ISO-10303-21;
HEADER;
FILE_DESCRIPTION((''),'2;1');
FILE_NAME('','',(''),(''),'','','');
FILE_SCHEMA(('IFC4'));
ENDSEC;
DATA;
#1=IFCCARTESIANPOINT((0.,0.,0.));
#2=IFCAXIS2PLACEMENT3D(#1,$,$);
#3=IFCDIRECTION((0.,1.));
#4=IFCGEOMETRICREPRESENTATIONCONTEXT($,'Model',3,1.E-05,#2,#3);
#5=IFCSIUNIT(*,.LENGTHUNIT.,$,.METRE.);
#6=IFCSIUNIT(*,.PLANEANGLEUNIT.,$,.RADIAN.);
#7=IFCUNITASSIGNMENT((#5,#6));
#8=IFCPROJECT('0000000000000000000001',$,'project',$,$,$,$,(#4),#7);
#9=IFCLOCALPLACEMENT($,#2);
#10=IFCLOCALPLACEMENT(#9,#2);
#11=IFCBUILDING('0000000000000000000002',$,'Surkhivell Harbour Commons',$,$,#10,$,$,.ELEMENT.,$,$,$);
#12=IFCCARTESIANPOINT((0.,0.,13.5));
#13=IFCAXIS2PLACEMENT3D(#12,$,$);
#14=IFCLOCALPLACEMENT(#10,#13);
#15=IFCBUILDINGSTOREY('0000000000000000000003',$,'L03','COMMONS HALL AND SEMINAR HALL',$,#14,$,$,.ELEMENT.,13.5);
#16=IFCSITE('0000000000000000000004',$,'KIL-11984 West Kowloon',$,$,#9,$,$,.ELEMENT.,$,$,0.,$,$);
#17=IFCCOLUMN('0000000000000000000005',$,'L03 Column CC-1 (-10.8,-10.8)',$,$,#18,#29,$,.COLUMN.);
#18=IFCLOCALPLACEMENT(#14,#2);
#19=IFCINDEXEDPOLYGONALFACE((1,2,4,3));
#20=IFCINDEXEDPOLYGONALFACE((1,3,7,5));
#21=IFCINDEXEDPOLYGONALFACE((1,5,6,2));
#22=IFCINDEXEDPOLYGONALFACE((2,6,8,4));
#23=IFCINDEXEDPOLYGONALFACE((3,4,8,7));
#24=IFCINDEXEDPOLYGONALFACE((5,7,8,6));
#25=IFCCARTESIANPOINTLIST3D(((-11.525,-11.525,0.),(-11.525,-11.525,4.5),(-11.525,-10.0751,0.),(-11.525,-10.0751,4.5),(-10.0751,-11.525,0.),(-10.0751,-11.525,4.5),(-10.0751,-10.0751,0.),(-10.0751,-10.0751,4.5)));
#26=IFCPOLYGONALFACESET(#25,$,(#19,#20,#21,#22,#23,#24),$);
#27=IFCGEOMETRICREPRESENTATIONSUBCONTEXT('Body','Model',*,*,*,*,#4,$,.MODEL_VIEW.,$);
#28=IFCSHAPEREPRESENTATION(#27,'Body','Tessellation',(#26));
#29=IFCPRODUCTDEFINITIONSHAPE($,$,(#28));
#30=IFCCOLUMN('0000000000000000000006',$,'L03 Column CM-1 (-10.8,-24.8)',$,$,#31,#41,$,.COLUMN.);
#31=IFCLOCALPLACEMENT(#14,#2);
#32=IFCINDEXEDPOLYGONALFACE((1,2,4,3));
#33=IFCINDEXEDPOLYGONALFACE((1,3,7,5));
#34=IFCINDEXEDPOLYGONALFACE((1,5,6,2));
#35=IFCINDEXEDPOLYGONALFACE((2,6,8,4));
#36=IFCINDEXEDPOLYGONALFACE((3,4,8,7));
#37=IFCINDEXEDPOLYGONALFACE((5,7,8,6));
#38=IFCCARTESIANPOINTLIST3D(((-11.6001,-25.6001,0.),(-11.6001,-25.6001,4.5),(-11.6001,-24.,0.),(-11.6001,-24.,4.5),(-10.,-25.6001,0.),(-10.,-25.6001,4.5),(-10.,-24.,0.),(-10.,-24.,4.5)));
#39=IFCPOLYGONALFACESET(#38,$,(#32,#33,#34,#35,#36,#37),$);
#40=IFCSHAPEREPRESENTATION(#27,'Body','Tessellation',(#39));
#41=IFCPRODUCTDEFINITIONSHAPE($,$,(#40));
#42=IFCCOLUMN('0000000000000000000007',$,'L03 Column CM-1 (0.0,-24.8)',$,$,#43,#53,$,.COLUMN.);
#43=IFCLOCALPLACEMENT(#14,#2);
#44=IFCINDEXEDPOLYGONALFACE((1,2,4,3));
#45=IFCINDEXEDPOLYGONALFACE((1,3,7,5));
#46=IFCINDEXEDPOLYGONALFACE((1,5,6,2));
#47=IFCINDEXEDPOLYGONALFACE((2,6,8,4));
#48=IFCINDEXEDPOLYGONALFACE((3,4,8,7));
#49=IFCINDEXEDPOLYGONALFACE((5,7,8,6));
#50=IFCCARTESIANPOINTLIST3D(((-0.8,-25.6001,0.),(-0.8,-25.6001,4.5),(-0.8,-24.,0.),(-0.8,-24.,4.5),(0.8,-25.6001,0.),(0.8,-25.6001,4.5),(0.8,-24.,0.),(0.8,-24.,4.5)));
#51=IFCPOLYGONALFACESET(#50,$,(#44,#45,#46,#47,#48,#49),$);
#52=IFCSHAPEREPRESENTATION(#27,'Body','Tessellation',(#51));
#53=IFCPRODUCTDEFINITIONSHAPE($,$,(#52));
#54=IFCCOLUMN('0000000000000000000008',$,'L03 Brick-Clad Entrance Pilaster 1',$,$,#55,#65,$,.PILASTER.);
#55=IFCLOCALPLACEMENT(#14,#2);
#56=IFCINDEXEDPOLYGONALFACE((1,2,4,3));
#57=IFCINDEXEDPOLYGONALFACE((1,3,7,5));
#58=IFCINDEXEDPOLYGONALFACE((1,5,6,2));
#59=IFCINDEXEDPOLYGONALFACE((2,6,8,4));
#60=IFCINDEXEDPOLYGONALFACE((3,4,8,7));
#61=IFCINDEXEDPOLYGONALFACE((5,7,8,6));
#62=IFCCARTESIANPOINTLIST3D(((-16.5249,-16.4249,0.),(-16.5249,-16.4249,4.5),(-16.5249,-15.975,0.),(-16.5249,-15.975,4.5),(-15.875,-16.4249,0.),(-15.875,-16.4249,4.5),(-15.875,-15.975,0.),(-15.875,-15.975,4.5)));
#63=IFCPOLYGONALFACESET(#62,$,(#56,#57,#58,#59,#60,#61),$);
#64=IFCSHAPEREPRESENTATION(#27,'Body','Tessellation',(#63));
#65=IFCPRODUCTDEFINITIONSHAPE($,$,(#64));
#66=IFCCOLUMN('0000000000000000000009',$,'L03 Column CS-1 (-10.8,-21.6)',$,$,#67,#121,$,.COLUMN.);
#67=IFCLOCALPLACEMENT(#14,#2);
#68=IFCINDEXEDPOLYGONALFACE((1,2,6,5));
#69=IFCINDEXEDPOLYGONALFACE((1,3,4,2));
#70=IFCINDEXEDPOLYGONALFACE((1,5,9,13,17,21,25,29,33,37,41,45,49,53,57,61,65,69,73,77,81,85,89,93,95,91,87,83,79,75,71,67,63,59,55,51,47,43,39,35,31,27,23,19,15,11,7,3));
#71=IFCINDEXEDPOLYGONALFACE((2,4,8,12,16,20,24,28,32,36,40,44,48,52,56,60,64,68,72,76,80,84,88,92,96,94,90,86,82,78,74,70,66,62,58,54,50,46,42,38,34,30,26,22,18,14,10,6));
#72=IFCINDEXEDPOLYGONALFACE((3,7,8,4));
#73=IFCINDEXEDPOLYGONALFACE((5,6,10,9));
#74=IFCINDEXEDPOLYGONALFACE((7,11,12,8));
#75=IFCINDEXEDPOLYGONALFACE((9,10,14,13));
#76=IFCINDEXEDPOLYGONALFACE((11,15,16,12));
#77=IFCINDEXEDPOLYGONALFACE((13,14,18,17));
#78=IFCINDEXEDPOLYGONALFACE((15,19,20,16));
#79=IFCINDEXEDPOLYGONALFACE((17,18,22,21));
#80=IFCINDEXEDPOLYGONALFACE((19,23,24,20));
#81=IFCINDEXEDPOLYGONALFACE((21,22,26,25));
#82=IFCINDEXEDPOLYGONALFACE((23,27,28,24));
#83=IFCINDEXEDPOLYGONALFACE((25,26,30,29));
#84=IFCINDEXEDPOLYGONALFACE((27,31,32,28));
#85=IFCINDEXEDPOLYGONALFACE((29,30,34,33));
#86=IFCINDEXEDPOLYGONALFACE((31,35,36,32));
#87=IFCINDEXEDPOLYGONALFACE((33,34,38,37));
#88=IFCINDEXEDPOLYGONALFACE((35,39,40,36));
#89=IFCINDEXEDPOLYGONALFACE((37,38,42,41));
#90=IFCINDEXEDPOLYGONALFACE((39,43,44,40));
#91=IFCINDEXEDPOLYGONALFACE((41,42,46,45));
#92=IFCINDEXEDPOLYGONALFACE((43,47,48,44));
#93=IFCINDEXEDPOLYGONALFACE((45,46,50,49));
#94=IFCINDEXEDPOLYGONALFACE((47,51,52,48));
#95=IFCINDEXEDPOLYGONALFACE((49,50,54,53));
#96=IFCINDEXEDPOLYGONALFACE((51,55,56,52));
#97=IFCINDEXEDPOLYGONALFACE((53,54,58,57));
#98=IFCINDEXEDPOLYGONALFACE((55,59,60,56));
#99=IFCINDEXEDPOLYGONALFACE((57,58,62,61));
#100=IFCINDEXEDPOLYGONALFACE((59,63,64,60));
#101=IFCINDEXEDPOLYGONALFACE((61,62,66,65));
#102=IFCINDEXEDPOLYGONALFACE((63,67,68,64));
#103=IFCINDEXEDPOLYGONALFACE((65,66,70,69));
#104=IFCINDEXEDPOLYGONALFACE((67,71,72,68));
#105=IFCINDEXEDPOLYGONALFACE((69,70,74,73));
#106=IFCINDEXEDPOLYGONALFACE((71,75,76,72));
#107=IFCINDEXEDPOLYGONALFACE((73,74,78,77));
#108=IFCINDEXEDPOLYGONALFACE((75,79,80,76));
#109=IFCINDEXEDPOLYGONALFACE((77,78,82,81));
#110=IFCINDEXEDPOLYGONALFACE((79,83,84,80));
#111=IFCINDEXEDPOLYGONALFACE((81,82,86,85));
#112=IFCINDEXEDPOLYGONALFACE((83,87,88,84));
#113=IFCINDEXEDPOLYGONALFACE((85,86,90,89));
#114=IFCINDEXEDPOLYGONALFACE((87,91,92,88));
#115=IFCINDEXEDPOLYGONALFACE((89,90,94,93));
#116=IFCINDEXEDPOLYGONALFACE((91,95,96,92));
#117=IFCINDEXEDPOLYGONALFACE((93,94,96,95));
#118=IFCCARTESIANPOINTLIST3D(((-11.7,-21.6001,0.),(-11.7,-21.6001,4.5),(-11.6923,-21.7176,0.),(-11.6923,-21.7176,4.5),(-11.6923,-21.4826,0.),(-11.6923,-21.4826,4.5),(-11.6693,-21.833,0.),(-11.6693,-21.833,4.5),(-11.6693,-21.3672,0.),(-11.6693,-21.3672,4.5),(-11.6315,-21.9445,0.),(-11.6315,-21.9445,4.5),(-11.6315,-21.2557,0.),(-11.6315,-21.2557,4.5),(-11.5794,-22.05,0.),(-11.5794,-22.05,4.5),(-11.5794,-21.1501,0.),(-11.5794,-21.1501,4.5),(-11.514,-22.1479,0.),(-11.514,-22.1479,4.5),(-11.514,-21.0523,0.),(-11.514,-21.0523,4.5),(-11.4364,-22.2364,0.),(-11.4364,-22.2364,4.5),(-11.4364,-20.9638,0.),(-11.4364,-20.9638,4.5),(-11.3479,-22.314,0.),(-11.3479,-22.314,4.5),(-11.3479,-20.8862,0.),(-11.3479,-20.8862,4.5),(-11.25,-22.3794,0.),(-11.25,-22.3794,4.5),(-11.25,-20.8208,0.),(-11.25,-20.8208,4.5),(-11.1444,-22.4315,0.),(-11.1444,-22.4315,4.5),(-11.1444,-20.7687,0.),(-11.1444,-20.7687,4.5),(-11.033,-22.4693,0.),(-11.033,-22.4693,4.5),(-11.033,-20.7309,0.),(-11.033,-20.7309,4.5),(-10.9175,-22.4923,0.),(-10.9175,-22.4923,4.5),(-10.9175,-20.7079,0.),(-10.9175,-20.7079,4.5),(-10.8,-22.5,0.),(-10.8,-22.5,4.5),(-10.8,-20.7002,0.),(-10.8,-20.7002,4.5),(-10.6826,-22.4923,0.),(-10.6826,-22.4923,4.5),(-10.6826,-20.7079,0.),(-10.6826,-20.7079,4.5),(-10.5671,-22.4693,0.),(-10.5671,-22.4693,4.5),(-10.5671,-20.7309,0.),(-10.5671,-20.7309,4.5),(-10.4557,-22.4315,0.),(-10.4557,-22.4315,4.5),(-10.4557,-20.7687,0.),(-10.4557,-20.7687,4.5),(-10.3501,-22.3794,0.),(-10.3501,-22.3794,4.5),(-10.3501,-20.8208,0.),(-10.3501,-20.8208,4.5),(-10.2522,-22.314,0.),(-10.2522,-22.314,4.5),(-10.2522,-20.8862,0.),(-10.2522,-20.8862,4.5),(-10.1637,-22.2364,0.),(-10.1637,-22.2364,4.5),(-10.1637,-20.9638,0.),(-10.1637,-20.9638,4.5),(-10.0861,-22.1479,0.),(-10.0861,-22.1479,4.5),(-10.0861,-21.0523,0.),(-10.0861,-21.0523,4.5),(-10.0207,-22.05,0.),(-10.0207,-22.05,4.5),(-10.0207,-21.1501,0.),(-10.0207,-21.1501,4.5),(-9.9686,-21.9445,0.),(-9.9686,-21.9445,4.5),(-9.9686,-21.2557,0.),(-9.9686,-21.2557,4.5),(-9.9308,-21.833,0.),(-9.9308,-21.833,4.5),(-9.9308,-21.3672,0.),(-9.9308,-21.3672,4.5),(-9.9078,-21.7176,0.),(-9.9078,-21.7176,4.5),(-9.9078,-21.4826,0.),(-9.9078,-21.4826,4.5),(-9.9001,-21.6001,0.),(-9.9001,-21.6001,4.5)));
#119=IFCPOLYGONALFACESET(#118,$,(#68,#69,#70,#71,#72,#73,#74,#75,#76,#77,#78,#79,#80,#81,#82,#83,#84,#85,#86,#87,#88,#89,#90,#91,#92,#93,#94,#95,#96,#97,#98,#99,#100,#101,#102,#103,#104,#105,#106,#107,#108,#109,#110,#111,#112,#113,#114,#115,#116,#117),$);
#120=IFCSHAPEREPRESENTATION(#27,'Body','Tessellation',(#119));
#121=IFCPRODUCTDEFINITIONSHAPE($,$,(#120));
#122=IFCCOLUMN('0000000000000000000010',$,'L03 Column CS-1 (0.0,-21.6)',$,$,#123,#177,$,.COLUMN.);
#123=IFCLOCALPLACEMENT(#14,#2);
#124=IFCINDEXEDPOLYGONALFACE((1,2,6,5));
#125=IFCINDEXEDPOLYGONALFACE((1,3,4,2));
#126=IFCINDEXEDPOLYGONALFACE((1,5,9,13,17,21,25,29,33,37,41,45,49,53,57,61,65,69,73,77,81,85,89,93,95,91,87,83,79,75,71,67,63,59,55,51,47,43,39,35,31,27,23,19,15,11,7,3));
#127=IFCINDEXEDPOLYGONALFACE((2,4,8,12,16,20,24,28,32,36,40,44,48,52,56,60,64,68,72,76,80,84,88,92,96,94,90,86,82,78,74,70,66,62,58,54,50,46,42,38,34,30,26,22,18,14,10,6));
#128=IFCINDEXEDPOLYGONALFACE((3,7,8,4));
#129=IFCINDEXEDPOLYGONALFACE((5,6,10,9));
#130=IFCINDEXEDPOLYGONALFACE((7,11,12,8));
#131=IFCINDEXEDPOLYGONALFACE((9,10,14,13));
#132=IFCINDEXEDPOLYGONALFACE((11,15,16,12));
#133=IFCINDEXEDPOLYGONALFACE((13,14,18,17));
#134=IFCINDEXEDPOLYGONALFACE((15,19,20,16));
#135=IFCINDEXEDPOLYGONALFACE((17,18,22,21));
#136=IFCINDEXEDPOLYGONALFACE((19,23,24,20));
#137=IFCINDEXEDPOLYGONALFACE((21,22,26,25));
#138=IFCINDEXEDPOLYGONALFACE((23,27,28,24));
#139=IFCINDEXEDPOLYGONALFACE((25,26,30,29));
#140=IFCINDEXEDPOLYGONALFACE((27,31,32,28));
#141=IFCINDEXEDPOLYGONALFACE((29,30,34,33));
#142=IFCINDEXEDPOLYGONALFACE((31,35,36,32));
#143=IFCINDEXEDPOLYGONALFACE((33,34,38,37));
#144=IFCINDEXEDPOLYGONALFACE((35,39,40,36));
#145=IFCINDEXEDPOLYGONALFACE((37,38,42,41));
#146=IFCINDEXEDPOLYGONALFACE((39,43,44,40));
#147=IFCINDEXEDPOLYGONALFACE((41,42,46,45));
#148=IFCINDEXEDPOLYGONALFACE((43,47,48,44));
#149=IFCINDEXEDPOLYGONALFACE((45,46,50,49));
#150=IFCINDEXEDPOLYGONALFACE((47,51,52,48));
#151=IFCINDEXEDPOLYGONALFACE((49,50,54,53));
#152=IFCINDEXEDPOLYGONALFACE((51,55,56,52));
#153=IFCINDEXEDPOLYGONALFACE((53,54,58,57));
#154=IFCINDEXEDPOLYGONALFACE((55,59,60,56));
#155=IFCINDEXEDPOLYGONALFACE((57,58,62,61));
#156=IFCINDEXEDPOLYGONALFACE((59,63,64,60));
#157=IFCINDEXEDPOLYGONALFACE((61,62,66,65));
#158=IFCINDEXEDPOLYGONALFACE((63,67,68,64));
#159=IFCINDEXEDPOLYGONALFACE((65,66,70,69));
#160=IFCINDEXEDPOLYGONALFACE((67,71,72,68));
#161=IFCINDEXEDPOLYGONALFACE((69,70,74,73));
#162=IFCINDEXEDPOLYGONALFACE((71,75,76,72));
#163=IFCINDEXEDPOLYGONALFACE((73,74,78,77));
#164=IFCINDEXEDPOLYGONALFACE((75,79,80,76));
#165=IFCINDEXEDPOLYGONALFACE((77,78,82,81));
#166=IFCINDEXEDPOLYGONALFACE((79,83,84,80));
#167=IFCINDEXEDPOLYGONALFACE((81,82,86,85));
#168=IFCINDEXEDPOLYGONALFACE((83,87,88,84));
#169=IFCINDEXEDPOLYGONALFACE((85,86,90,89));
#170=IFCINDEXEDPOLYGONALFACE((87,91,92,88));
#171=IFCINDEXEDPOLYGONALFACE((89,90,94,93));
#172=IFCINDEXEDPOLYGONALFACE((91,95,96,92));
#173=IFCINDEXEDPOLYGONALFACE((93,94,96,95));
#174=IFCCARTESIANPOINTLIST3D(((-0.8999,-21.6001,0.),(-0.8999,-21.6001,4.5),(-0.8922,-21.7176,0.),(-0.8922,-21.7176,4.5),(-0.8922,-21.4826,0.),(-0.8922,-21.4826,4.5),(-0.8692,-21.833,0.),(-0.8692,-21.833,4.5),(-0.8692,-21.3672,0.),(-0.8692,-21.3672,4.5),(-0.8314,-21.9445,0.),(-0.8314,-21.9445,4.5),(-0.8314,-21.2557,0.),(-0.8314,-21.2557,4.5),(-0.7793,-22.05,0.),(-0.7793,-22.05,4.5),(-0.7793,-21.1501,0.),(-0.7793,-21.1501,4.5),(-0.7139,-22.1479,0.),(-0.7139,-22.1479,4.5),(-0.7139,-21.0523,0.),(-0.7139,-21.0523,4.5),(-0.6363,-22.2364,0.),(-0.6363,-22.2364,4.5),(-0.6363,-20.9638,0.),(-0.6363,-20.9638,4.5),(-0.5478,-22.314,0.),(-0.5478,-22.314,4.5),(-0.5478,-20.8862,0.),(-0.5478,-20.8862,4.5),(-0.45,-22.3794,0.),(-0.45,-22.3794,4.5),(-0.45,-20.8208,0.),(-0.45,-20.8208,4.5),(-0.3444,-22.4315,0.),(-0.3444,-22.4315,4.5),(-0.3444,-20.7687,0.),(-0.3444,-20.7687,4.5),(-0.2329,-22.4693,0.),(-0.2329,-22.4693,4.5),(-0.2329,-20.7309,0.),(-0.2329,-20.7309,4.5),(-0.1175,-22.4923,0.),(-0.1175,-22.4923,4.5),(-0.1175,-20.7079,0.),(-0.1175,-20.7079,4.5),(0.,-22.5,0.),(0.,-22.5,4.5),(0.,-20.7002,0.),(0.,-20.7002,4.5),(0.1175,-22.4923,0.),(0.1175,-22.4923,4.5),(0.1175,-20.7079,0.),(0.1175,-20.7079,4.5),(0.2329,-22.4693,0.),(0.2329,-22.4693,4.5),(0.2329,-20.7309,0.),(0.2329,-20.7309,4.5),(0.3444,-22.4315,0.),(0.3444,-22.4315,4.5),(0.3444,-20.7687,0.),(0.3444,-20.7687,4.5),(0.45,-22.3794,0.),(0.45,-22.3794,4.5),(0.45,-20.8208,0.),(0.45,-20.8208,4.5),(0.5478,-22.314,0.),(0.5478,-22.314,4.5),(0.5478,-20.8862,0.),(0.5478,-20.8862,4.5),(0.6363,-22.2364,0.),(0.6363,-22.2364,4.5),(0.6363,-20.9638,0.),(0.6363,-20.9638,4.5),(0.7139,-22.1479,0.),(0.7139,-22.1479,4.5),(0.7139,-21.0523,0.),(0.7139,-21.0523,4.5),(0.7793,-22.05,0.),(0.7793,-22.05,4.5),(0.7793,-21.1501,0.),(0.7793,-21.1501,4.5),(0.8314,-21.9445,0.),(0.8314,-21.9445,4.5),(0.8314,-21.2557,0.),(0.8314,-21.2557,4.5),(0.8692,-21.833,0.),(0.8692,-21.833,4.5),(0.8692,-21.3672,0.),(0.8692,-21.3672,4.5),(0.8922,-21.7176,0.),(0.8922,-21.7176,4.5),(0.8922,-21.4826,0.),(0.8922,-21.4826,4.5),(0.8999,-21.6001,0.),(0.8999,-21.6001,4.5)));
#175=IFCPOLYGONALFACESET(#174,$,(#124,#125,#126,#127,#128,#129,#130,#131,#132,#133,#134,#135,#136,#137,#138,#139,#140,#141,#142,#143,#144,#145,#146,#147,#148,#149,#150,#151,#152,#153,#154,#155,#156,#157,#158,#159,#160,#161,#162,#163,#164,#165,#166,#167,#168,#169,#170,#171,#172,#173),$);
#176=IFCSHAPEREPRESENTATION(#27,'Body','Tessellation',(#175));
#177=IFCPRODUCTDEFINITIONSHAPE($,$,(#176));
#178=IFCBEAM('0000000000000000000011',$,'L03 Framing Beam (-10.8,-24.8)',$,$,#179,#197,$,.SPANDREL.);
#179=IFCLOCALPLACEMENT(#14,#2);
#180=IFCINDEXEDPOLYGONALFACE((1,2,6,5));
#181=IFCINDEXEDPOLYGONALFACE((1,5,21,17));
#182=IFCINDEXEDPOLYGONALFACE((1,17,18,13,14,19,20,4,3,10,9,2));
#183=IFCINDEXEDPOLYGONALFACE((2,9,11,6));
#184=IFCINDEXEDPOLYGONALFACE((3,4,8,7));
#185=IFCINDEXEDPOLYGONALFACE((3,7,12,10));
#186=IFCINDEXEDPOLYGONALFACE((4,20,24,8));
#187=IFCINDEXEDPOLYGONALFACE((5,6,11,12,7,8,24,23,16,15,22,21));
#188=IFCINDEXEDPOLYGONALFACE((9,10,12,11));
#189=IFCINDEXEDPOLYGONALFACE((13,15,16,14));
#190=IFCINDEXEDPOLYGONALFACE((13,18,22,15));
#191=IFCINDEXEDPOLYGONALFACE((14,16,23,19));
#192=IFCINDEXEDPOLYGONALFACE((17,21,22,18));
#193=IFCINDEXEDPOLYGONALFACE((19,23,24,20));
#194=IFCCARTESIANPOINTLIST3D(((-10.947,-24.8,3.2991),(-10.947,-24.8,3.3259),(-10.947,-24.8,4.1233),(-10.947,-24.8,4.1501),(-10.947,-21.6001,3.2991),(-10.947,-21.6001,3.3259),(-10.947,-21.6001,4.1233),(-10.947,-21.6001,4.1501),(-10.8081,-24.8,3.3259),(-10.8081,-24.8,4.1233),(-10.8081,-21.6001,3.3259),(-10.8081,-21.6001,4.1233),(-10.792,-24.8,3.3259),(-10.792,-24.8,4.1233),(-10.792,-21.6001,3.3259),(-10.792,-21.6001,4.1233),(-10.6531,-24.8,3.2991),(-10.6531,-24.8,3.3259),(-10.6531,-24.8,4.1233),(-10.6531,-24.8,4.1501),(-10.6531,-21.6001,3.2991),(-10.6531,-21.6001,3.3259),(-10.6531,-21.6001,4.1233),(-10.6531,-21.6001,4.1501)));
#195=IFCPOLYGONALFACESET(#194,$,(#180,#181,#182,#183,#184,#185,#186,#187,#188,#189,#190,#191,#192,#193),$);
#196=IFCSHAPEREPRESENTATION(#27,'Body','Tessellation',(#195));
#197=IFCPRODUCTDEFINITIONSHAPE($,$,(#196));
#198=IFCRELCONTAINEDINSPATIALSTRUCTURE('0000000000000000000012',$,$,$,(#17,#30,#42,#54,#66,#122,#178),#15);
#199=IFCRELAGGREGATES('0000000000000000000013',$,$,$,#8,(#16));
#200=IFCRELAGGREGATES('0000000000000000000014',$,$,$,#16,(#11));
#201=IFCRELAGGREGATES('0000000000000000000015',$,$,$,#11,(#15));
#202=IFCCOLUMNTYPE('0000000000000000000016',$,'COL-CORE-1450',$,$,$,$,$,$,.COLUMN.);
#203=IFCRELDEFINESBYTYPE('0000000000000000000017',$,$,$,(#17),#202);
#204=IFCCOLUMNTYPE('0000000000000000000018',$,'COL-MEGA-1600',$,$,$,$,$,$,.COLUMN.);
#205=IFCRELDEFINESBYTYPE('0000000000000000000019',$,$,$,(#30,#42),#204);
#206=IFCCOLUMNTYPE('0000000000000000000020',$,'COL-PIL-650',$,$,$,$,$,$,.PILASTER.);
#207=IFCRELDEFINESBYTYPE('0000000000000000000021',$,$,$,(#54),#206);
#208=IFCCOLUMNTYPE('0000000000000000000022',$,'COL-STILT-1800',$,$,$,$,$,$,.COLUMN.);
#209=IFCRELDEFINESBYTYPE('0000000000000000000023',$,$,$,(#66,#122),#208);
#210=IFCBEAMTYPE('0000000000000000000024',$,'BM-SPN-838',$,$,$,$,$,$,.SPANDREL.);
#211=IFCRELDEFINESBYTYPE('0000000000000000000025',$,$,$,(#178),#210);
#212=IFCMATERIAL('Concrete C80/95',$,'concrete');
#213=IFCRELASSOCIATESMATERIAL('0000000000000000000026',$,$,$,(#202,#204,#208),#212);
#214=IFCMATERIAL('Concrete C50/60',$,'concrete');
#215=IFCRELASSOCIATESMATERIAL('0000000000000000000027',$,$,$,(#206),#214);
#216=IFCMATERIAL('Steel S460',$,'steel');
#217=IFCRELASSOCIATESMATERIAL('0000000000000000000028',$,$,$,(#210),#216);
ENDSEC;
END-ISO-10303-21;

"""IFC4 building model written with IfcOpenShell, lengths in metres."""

from ifc_helpers import new_model, si_unit, direction, frame, origin, origin_2d, place, context, subcontext, project, spatial, rectangle, circle, i_section, extrude, material, material_profile, profile_set, type_object, element, save


model = new_model("IFC4")

# Units and contexts
model_context = context("Model", 3, precision=1e-05, world=origin(), true_north=direction((0.0, 1.0)))
body_context = subcontext(model_context, "Body", "Model", "MODEL_VIEW")
ifc_project = project(units=[si_unit("LENGTHUNIT", "METRE"), si_unit("PLANEANGLEUNIT", "RADIAN")], contexts=[model_context])

# Site, building, storey
site_placement = place(None, origin())
site = spatial("IfcSite", under=ifc_project, at=site_placement, Name="KIL-11984 West Kowloon", CompositionType="ELEMENT", RefElevation=0.0)
building_placement = place(site_placement, origin())
building = spatial("IfcBuilding", under=site, at=building_placement, Name="Surkhivell Harbour Commons", CompositionType="ELEMENT")
storey_placement = place(building_placement, frame((0.0, 0.0, 13.5)))
storey = spatial("IfcBuildingStorey", under=building, at=storey_placement, Name="L03", Description="COMMONS HALL AND SEMINAR HALL", CompositionType="ELEMENT", Elevation=13.5)

# Columns
ifc_material_1 = material(Name="Concrete C80/95", Category="concrete")
ifc_material_profile_1 = material_profile(ifc_material_1, rectangle(XDim=1.45, YDim=1.45, at=origin_2d()), Name="RC-COL-1450x1450")
ifc_profile_set_1 = profile_set([ifc_material_profile_1], Name="Concrete C80/95")
column_type_1 = type_object("IfcColumnType", Name="COL-CORE-1450", PredefinedType="COLUMN", material=ifc_profile_set_1)
column_1_placement = place(storey_placement, frame((-10.8, -10.8, 0.0), z_axis=(0.0, 0.0, 1.0), x_axis=(1.0, 0.0, 0.0)))
element("IfcColumn", 1, at=column_1_placement, inside=storey, type_object=column_type_1, Name="L03 Column CC-1 (-10.8,-10.8)", PredefinedType="COLUMN", context=body_context, shape_type="SweptSolid", body=[
    extrude(rectangle(XDim=1.45, YDim=1.45, at=origin_2d()), origin(), (0.0, 0.0, 1.0), 4.5),
])
ifc_material_profile_2 = material_profile(ifc_material_1, rectangle(XDim=1.6001, YDim=1.6001, at=origin_2d()), Name="RC-COL-1600x1600")
ifc_profile_set_2 = profile_set([ifc_material_profile_2], Name="Concrete C80/95")
column_type_2 = type_object("IfcColumnType", Name="COL-MEGA-1600", PredefinedType="COLUMN", material=ifc_profile_set_2)
for number, where, z_axis, x_axis, name in (
    (2, (-10.8, -24.8, 0.0), (0.0, 0.0, 1.0), (1.0, 0.0, 0.0), "L03 Column CM-1 (-10.8,-24.8)"),
    (3, (0.0, -24.8, 0.0), (0.0, 0.0, 1.0), (1.0, 0.0, 0.0), "L03 Column CM-1 (0.0,-24.8)"),
):
    element("IfcColumn", number, at=place(storey_placement, frame(where, z_axis=z_axis, x_axis=x_axis)), inside=storey, type_object=column_type_2, Name=name, PredefinedType="COLUMN", context=body_context, shape_type="SweptSolid", body=[
        extrude(rectangle(XDim=1.6001, YDim=1.6001, at=origin_2d()), origin(), (0.0, 0.0, 1.0), 4.5),
    ])
ifc_material_2 = material(Name="Concrete C50/60", Category="concrete")
ifc_material_profile_3 = material_profile(ifc_material_2, rectangle(XDim=0.6499, YDim=0.45, at=origin_2d()), Name="RC-PIL-650x450")
ifc_profile_set_3 = profile_set([ifc_material_profile_3], Name="Concrete C50/60")
column_type_3 = type_object("IfcColumnType", Name="COL-PIL-650", PredefinedType="PILASTER", material=ifc_profile_set_3)
column_2_placement = place(storey_placement, frame((-16.2, -16.2, 0.0), z_axis=(0.0, 0.0, 1.0), x_axis=(1.0, 0.0, 0.0)))
element("IfcColumn", 4, at=column_2_placement, inside=storey, type_object=column_type_3, Name="L03 Brick-Clad Entrance Pilaster 1", PredefinedType="PILASTER", context=body_context, shape_type="SweptSolid", body=[
    extrude(rectangle(XDim=0.6499, YDim=0.45, at=origin_2d()), origin(), (0.0, 0.0, 1.0), 4.5),
])
ifc_material_profile_4 = material_profile(ifc_material_1, circle(Radius=0.8999, at=origin_2d()), Name="RC-CIRC-1800")
ifc_profile_set_4 = profile_set([ifc_material_profile_4], Name="Concrete C80/95")
column_type_4 = type_object("IfcColumnType", Name="COL-STILT-1800", PredefinedType="COLUMN", material=ifc_profile_set_4)
for number, where, z_axis, x_axis, name in (
    (5, (-10.8, -21.6001, 0.0), (0.0, 0.0, 1.0), (1.0, 0.0, 0.0), "L03 Column CS-1 (-10.8,-21.6)"),
    (6, (0.0, -21.6001, 0.0), (0.0, 0.0, 1.0), (1.0, 0.0, 0.0), "L03 Column CS-1 (0.0,-21.6)"),
):
    element("IfcColumn", number, at=place(storey_placement, frame(where, z_axis=z_axis, x_axis=x_axis)), inside=storey, type_object=column_type_4, Name=name, PredefinedType="COLUMN", context=body_context, shape_type="SweptSolid", body=[
        extrude(circle(Radius=0.8999, at=origin_2d()), origin(), (0.0, 0.0, 1.0), 4.5),
    ])

# Beam
ifc_material_3 = material(Name="Steel S460", Category="steel")
ifc_material_profile_5 = material_profile(ifc_material_3, i_section(OverallWidth=0.2939, OverallDepth=0.8511, WebThickness=0.0161, FlangeThickness=0.0269, at=origin_2d()), Name="UB838x292x226")
ifc_profile_set_5 = profile_set([ifc_material_profile_5], Name="Steel S460")
beam_type = type_object("IfcBeamType", Name="BM-SPN-838", PredefinedType="SPANDREL", material=ifc_profile_set_5)
beam_placement = place(storey_placement, frame((-10.8, -24.8, 3.7246), z_axis=(0.0, 1.0, 0.0), x_axis=(-1.0, 0.0, 0.0)))
element("IfcBeam", 7, at=beam_placement, inside=storey, type_object=beam_type, Name="L03 Framing Beam (-10.8,-24.8)", PredefinedType="SPANDREL", context=body_context, shape_type="SweptSolid", body=[
    extrude(i_section(OverallWidth=0.2939, OverallDepth=0.8511, WebThickness=0.0161, FlangeThickness=0.0269, at=origin_2d()), origin(), (0.0, 0.0, 1.0), 3.2),
])

save(model, "model.ifc")
